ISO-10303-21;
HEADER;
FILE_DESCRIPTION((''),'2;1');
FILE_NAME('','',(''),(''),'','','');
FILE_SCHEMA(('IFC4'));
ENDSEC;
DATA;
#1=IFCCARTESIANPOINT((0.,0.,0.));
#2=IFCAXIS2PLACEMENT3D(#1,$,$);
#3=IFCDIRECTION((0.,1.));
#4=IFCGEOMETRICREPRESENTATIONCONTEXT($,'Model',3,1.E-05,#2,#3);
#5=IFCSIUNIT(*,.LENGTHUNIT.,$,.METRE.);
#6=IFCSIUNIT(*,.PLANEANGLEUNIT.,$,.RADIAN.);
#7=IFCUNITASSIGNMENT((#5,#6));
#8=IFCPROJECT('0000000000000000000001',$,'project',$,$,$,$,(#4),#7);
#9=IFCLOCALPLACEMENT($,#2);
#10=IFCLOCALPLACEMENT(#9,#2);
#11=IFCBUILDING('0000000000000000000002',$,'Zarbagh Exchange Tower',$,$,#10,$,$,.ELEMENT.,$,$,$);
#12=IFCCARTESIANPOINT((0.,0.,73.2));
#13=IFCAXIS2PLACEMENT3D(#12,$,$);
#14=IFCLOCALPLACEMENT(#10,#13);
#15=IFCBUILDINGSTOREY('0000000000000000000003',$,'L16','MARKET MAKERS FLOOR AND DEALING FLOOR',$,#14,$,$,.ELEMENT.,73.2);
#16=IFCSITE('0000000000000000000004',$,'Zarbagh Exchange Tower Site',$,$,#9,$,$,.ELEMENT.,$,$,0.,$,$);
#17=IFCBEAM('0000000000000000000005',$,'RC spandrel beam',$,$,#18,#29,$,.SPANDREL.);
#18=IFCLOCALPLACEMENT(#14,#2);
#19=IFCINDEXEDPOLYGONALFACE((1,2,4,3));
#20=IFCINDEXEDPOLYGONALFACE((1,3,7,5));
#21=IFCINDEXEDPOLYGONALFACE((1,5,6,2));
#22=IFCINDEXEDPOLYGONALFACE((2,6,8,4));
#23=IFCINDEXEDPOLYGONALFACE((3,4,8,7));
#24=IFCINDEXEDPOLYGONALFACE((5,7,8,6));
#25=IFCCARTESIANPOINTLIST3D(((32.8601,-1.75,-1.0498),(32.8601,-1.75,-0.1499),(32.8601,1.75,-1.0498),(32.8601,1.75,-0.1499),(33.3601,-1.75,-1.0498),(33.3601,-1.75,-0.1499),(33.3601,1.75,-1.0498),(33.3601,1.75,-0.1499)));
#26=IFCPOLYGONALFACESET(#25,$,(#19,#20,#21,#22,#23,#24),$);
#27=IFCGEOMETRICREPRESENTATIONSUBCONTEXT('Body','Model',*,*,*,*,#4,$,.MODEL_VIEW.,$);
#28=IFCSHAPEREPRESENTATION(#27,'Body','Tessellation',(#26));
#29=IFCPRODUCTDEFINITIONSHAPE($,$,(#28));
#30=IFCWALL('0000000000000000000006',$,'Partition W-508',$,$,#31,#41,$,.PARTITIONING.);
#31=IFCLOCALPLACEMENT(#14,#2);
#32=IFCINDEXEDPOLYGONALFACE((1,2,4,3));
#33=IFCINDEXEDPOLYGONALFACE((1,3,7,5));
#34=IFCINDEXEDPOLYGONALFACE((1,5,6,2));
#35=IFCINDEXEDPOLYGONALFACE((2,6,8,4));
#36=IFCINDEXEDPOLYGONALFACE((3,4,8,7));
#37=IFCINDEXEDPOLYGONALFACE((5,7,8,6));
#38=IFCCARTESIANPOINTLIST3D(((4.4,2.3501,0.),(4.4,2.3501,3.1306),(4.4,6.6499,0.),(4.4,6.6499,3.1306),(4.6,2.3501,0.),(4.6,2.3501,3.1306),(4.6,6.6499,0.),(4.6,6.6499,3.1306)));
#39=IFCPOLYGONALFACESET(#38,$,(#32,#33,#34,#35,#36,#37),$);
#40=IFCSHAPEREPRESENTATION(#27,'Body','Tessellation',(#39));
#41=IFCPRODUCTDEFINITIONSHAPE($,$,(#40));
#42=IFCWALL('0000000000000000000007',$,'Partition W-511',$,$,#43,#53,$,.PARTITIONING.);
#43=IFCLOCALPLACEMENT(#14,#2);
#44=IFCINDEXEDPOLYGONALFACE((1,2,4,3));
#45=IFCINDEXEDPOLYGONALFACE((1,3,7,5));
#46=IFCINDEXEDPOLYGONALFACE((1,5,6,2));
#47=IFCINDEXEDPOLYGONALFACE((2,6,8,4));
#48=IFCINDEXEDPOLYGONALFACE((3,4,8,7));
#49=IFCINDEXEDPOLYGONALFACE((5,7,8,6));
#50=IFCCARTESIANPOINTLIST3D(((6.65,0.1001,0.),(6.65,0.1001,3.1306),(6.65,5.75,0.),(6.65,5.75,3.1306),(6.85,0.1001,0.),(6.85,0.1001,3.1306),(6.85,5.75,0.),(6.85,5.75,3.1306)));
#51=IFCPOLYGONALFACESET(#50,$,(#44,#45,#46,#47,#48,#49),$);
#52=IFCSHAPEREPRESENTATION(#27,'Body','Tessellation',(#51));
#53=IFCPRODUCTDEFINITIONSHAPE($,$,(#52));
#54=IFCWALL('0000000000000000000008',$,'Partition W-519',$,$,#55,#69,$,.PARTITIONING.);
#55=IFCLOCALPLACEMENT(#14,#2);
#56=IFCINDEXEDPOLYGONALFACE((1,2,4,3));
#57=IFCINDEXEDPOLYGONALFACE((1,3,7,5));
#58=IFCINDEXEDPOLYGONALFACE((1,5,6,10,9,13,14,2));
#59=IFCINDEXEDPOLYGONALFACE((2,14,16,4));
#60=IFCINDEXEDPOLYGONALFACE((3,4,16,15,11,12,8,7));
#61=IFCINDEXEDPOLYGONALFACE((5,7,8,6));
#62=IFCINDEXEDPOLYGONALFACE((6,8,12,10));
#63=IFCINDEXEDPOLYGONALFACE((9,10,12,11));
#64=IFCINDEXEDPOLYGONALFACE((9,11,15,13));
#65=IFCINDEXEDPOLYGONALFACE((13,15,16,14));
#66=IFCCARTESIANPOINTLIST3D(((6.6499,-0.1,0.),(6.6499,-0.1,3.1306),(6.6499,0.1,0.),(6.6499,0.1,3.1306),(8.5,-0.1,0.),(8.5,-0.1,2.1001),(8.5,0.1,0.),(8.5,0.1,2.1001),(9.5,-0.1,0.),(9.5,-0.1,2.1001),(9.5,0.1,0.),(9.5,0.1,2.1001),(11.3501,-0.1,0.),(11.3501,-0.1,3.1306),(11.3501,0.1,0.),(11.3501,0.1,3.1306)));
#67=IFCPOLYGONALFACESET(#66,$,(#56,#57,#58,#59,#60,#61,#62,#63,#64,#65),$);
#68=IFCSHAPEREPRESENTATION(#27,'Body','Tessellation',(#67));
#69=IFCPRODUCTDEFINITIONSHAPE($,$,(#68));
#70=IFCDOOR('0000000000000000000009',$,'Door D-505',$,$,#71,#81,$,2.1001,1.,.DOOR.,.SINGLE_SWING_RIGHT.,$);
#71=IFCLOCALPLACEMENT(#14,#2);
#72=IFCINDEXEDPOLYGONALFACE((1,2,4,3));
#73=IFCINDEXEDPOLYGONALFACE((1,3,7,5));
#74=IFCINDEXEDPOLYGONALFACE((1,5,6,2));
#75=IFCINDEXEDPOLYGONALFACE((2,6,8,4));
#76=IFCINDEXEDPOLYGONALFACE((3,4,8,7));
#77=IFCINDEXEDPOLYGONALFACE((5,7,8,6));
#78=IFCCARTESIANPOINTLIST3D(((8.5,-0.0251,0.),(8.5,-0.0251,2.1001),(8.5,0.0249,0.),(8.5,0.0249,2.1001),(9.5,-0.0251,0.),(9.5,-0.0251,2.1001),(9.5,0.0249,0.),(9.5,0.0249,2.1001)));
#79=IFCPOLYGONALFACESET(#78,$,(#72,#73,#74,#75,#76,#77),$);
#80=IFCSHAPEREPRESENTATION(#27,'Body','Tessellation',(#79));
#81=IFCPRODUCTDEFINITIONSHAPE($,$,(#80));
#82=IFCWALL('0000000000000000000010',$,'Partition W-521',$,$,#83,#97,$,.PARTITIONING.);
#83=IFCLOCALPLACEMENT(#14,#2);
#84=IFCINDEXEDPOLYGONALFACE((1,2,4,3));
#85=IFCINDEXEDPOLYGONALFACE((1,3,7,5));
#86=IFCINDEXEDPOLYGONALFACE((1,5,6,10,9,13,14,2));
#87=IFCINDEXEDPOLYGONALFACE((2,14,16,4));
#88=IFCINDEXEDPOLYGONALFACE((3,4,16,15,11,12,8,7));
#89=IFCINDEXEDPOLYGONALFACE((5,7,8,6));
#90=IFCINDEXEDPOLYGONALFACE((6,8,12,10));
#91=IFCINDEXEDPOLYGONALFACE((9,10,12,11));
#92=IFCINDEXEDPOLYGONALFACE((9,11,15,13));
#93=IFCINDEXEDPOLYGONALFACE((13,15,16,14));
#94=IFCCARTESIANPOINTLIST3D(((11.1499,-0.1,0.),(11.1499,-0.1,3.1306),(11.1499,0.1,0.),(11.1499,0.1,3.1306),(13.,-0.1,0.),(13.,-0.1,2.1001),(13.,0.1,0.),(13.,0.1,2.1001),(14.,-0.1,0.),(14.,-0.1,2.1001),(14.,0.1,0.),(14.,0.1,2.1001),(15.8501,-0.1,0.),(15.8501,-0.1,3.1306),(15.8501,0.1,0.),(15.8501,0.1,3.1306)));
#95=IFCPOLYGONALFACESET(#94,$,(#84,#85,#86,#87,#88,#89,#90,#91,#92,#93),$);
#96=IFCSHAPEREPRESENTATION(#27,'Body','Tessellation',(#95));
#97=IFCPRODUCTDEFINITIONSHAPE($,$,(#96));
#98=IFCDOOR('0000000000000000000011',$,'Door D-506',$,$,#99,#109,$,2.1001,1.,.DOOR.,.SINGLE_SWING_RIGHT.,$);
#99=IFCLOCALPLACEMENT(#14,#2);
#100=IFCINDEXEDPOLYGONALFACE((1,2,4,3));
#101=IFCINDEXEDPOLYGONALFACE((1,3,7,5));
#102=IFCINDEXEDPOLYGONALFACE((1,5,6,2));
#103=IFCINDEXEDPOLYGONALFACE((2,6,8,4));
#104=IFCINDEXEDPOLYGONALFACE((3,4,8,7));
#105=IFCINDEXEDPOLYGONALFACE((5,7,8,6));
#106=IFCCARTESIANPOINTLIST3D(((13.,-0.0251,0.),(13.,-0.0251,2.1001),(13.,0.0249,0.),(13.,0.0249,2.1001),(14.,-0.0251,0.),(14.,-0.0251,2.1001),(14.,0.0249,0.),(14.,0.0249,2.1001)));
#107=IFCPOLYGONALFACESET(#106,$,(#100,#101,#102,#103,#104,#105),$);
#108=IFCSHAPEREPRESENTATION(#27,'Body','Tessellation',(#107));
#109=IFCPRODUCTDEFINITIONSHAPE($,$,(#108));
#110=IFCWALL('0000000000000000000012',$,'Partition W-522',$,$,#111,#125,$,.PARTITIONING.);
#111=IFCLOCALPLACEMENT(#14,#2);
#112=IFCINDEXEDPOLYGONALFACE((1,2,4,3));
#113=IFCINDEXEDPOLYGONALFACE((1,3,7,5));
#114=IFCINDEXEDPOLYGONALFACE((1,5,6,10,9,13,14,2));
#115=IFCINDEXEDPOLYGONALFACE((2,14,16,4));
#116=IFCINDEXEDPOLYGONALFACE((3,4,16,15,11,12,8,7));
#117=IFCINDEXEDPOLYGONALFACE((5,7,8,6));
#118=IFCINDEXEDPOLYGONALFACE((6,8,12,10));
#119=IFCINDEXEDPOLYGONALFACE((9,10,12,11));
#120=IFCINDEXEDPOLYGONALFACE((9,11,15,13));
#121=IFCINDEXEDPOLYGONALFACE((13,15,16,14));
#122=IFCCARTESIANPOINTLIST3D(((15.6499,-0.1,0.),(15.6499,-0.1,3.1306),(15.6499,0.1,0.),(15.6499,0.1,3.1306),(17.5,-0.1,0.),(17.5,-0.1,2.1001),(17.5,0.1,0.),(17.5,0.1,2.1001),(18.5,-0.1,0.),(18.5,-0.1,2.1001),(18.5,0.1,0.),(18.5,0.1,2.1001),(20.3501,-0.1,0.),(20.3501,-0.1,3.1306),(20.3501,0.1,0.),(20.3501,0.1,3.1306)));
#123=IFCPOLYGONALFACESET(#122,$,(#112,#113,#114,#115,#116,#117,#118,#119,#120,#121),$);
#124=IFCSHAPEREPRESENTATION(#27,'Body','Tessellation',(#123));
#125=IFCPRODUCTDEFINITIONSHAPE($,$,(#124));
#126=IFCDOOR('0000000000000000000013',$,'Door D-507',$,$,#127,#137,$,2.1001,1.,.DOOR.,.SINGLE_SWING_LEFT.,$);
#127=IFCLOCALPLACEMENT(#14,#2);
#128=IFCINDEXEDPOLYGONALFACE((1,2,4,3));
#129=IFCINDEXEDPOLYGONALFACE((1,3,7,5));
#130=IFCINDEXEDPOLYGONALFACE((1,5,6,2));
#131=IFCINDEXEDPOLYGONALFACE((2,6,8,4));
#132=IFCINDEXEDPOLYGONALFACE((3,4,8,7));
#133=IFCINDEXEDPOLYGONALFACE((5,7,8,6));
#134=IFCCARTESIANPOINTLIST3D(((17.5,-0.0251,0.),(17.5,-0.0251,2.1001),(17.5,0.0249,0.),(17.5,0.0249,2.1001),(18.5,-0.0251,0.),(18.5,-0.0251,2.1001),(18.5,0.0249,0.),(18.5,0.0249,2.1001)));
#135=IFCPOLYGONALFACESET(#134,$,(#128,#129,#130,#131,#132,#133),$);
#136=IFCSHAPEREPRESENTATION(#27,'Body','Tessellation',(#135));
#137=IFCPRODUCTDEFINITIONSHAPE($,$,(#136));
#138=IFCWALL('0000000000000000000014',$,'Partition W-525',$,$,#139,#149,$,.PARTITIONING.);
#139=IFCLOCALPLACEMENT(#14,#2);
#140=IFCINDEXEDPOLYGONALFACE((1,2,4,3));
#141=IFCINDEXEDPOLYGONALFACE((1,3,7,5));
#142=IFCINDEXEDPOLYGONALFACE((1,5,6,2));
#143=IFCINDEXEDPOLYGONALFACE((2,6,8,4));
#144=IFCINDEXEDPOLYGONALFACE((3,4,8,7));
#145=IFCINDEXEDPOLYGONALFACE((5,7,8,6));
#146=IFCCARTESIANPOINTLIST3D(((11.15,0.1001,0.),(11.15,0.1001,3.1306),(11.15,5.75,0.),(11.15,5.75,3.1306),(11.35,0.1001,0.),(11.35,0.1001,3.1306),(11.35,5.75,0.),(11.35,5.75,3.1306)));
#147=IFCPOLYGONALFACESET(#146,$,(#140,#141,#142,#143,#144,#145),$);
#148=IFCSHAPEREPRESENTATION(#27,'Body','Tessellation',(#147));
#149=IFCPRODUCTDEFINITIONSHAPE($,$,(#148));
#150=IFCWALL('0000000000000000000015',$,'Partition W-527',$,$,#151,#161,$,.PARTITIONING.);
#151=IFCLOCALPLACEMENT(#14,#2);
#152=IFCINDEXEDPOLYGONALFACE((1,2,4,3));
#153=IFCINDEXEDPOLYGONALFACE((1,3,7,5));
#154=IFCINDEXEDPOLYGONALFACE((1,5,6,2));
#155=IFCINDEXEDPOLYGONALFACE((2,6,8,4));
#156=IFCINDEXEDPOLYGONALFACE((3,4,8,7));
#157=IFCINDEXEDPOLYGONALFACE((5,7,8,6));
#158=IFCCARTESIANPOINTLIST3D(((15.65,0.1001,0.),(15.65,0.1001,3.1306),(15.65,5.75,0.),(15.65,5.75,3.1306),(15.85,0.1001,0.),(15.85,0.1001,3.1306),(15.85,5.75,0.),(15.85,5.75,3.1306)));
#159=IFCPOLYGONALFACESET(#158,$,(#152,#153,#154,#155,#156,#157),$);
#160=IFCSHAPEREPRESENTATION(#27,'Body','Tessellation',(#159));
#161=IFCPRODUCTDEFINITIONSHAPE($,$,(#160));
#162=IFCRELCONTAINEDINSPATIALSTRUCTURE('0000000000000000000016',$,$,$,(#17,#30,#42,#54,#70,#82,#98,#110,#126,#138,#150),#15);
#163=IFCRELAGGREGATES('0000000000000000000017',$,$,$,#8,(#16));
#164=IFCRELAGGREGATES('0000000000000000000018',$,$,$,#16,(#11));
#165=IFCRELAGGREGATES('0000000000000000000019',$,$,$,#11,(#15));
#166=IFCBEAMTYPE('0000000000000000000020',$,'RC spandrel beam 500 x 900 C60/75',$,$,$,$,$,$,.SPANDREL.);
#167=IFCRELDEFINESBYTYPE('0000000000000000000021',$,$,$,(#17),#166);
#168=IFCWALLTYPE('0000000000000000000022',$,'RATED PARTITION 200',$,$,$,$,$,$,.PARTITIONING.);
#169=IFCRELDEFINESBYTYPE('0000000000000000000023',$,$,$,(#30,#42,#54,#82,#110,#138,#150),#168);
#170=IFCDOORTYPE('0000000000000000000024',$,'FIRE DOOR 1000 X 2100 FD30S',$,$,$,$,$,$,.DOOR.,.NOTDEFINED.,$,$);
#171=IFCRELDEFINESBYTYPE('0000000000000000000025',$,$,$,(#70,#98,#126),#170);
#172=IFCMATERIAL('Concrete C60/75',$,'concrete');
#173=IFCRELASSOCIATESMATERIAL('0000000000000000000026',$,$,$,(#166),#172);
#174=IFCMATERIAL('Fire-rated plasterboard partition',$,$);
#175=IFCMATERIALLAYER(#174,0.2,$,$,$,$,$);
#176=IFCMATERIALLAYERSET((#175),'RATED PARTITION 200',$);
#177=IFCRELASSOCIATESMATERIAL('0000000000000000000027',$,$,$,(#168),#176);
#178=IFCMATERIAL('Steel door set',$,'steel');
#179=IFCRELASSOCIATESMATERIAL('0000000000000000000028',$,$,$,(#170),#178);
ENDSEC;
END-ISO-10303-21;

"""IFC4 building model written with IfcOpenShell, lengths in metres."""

from ifc_helpers import new_model, si_unit, direction, frame, frame_2d, origin, origin_2d, place, context, subcontext, project, spatial, rectangle, extrude, material, layer, layer_set, material_profile, profile_set, type_object, element, fill, save


model = new_model("IFC4")

# Units and contexts
model_context = context("Model", 3, precision=1e-05, world=origin(), true_north=direction((0.0, 1.0)))
body_context = subcontext(model_context, "Body", "Model", "MODEL_VIEW")
ifc_project = project(units=[si_unit("LENGTHUNIT", "METRE"), si_unit("PLANEANGLEUNIT", "RADIAN")], contexts=[model_context])

# Site, building, storey
site_placement = place(None, origin())
site = spatial("IfcSite", under=ifc_project, at=site_placement, Name="Zarbagh Exchange Tower Site", CompositionType="ELEMENT", RefElevation=0.0)
building_placement = place(site_placement, origin())
building = spatial("IfcBuilding", under=site, at=building_placement, Name="Zarbagh Exchange Tower", CompositionType="ELEMENT")
storey_placement = place(building_placement, frame((0.0, 0.0, 73.2)))
storey = spatial("IfcBuildingStorey", under=building, at=storey_placement, Name="L16", Description="MARKET MAKERS FLOOR AND DEALING FLOOR", CompositionType="ELEMENT", Elevation=73.2)

# Shared definitions
ifc_material_1 = material(Name="Concrete C60/75", Category="concrete")

# Beam
ifc_material_profile_1 = material_profile(ifc_material_1, rectangle(XDim=0.5, YDim=0.8999, at=origin_2d()), Name="RC spandrel beam 500 x 900 C60/75")
ifc_profile_set_1 = profile_set([ifc_material_profile_1], Name="Concrete C60/75")
beam_type_1 = type_object("IfcBeamType", Name="RC spandrel beam 500 x 900 C60/75", PredefinedType="SPANDREL", material=ifc_profile_set_1)
beam_1_placement = place(storey_placement, frame((33.1101, 1.75, -0.5999), z_axis=(0.0, -1.0, 0.0), x_axis=(1.0, 0.0, 0.0)))
element("IfcBeam", 1, at=beam_1_placement, inside=storey, type_object=beam_type_1, Name="RC spandrel beam", PredefinedType="SPANDREL", context=body_context, shape_type="SweptSolid", body=[
    extrude(rectangle(XDim=0.5, YDim=0.8999, at=origin_2d()), origin(), (0.0, 0.0, 1.0), 3.5),
])

# Walls
ifc_material_2 = material(Name="Fire-rated plasterboard partition")
ifc_layer = layer(ifc_material_2, 0.2)
ifc_layer_set = layer_set([ifc_layer], Name="RATED PARTITION 200")
wall_type = type_object("IfcWallType", Name="RATED PARTITION 200", PredefinedType="PARTITIONING", material=ifc_layer_set)
wall_1_placement = place(storey_placement, frame((4.5, 2.3501, 0.0), z_axis=(0.0, 0.0, 1.0), x_axis=(0.0, 1.0, 0.0)))
element("IfcWall", 2, at=wall_1_placement, inside=storey, type_object=wall_type, Name="Partition W-508", PredefinedType="PARTITIONING", context=body_context, shape_type="SweptSolid", body=[
    extrude(rectangle(XDim=4.2998, YDim=0.2, at=frame_2d((2.1499, 0.0))), origin(), (0.0, 0.0, 1.0), 3.1306),
])
wall_2_placement = place(storey_placement, frame((6.75, 0.1001, 0.0), z_axis=(0.0, 0.0, 1.0), x_axis=(0.0, 1.0, 0.0)))
element("IfcWall", 3, at=wall_2_placement, inside=storey, type_object=wall_type, Name="Partition W-511", PredefinedType="PARTITIONING", context=body_context, shape_type="SweptSolid", body=[
    extrude(rectangle(XDim=5.6499, YDim=0.2, at=frame_2d((2.825, 0.0))), origin(), (0.0, 0.0, 1.0), 3.1306),
])

# Walls, openings, doors
wall_3_placement = place(storey_placement, frame((6.6499, 0.0, 0.0), z_axis=(0.0, 0.0, 1.0), x_axis=(1.0, 0.0, 0.0)))
wall_3 = element("IfcWall", 4, at=wall_3_placement, inside=storey, type_object=wall_type, Name="Partition W-519", PredefinedType="PARTITIONING", context=body_context, shape_type="SweptSolid", body=[
    extrude(rectangle(XDim=4.7002, YDim=0.2, at=frame_2d((2.3501, 0.0))), origin(), (0.0, 0.0, 1.0), 3.1306),
])
opening_1_placement = place(wall_3_placement, frame((1.8501, 0.0, 0.0)))
opening_1 = element("IfcOpeningElement", 5, at=opening_1_placement, cuts=wall_3, PredefinedType="OPENING", context=body_context, shape_type="SweptSolid", body=[
    extrude(rectangle(XDim=1.0, YDim=2.1001, at=frame_2d((0.5, 1.05))), frame((0.0, 0.1099, 0.0), z_axis=(0.0, -1.0, 0.0), x_axis=(1.0, 0.0, 0.0)), (0.0, 0.0, 1.0), 0.22),
])
ifc_material_3 = material(Name="Steel door set", Category="steel")
door_type_1 = type_object("IfcDoorType", Name="FIRE DOOR 1000 X 2100 FD30S", OperationType="NOTDEFINED", PredefinedType="DOOR", material=ifc_material_3)
door_1_placement = place(opening_1_placement, origin())
door_1 = element("IfcDoor", 6, at=door_1_placement, inside=storey, type_object=door_type_1, Name="Door D-505", OperationType="SINGLE_SWING_RIGHT", OverallHeight=2.1001, OverallWidth=1.0, PredefinedType="DOOR", context=body_context, shape_type="SweptSolid", body=[
    extrude(rectangle(XDim=1.0, YDim=2.1001, at=frame_2d((0.5, 1.05))), frame((0.0, 0.0249, 0.0), z_axis=(0.0, -1.0, 0.0), x_axis=(1.0, 0.0, 0.0)), (0.0, 0.0, 1.0), 0.05),
])
fill(opening_1, door_1)
wall_4_placement = place(storey_placement, frame((11.1499, 0.0, 0.0), z_axis=(0.0, 0.0, 1.0), x_axis=(1.0, 0.0, 0.0)))
wall_4 = element("IfcWall", 7, at=wall_4_placement, inside=storey, type_object=wall_type, Name="Partition W-521", PredefinedType="PARTITIONING", context=body_context, shape_type="SweptSolid", body=[
    extrude(rectangle(XDim=4.7002, YDim=0.2, at=frame_2d((2.3501, 0.0))), origin(), (0.0, 0.0, 1.0), 3.1306),
])
opening_2_placement = place(wall_4_placement, frame((1.8501, 0.0, 0.0)))
opening_2 = element("IfcOpeningElement", 8, at=opening_2_placement, cuts=wall_4, PredefinedType="OPENING", context=body_context, shape_type="SweptSolid", body=[
    extrude(rectangle(XDim=1.0, YDim=2.1001, at=frame_2d((0.5, 1.05))), frame((0.0, 0.1099, 0.0), z_axis=(0.0, -1.0, 0.0), x_axis=(1.0, 0.0, 0.0)), (0.0, 0.0, 1.0), 0.22),
])
door_2_placement = place(opening_2_placement, origin())
door_2 = element("IfcDoor", 9, at=door_2_placement, inside=storey, type_object=door_type_1, Name="Door D-506", OperationType="SINGLE_SWING_RIGHT", OverallHeight=2.1001, OverallWidth=1.0, PredefinedType="DOOR", context=body_context, shape_type="SweptSolid", body=[
    extrude(rectangle(XDim=1.0, YDim=2.1001, at=frame_2d((0.5, 1.05))), frame((0.0, 0.0249, 0.0), z_axis=(0.0, -1.0, 0.0), x_axis=(1.0, 0.0, 0.0)), (0.0, 0.0, 1.0), 0.05),
])
fill(opening_2, door_2)
wall_5_placement = place(storey_placement, frame((15.6499, 0.0, 0.0), z_axis=(0.0, 0.0, 1.0), x_axis=(1.0, 0.0, 0.0)))
wall_5 = element("IfcWall", 10, at=wall_5_placement, inside=storey, type_object=wall_type, Name="Partition W-522", PredefinedType="PARTITIONING", context=body_context, shape_type="SweptSolid", body=[
    extrude(rectangle(XDim=4.7002, YDim=0.2, at=frame_2d((2.3501, 0.0))), origin(), (0.0, 0.0, 1.0), 3.1306),
])
opening_3_placement = place(wall_5_placement, frame((1.8501, 0.0, 0.0)))
opening_3 = element("IfcOpeningElement", 11, at=opening_3_placement, cuts=wall_5, PredefinedType="OPENING", context=body_context, shape_type="SweptSolid", body=[
    extrude(rectangle(XDim=1.0, YDim=2.1001, at=frame_2d((0.5, 1.05))), frame((0.0, 0.1099, 0.0), z_axis=(0.0, -1.0, 0.0), x_axis=(1.0, 0.0, 0.0)), (0.0, 0.0, 1.0), 0.22),
])
door_3_placement = place(opening_3_placement, origin())
door_3 = element("IfcDoor", 12, at=door_3_placement, inside=storey, type_object=door_type_1, Name="Door D-507", OperationType="SINGLE_SWING_LEFT", OverallHeight=2.1001, OverallWidth=1.0, PredefinedType="DOOR", context=body_context, shape_type="SweptSolid", body=[
    extrude(rectangle(XDim=1.0, YDim=2.1001, at=frame_2d((0.5, 1.05))), frame((0.0, 0.0249, 0.0), z_axis=(0.0, -1.0, 0.0), x_axis=(1.0, 0.0, 0.0)), (0.0, 0.0, 1.0), 0.05),
])
fill(opening_3, door_3)

# Walls
for number, where, z_axis, x_axis, name in (
    (13, (11.25, 0.1001, 0.0), (0.0, 0.0, 1.0), (0.0, 1.0, 0.0), "Partition W-525"),
    (14, (15.75, 0.1001, 0.0), (0.0, 0.0, 1.0), (0.0, 1.0, 0.0), "Partition W-527"),
):
    element("IfcWall", number, at=place(storey_placement, frame(where, z_axis=z_axis, x_axis=x_axis)), inside=storey, type_object=wall_type, Name=name, PredefinedType="PARTITIONING", context=body_context, shape_type="SweptSolid", body=[
        extrude(rectangle(XDim=5.6499, YDim=0.2, at=frame_2d((2.825, 0.0))), origin(), (0.0, 0.0, 1.0), 3.1306),
    ])

save(model, "model.ifc")
